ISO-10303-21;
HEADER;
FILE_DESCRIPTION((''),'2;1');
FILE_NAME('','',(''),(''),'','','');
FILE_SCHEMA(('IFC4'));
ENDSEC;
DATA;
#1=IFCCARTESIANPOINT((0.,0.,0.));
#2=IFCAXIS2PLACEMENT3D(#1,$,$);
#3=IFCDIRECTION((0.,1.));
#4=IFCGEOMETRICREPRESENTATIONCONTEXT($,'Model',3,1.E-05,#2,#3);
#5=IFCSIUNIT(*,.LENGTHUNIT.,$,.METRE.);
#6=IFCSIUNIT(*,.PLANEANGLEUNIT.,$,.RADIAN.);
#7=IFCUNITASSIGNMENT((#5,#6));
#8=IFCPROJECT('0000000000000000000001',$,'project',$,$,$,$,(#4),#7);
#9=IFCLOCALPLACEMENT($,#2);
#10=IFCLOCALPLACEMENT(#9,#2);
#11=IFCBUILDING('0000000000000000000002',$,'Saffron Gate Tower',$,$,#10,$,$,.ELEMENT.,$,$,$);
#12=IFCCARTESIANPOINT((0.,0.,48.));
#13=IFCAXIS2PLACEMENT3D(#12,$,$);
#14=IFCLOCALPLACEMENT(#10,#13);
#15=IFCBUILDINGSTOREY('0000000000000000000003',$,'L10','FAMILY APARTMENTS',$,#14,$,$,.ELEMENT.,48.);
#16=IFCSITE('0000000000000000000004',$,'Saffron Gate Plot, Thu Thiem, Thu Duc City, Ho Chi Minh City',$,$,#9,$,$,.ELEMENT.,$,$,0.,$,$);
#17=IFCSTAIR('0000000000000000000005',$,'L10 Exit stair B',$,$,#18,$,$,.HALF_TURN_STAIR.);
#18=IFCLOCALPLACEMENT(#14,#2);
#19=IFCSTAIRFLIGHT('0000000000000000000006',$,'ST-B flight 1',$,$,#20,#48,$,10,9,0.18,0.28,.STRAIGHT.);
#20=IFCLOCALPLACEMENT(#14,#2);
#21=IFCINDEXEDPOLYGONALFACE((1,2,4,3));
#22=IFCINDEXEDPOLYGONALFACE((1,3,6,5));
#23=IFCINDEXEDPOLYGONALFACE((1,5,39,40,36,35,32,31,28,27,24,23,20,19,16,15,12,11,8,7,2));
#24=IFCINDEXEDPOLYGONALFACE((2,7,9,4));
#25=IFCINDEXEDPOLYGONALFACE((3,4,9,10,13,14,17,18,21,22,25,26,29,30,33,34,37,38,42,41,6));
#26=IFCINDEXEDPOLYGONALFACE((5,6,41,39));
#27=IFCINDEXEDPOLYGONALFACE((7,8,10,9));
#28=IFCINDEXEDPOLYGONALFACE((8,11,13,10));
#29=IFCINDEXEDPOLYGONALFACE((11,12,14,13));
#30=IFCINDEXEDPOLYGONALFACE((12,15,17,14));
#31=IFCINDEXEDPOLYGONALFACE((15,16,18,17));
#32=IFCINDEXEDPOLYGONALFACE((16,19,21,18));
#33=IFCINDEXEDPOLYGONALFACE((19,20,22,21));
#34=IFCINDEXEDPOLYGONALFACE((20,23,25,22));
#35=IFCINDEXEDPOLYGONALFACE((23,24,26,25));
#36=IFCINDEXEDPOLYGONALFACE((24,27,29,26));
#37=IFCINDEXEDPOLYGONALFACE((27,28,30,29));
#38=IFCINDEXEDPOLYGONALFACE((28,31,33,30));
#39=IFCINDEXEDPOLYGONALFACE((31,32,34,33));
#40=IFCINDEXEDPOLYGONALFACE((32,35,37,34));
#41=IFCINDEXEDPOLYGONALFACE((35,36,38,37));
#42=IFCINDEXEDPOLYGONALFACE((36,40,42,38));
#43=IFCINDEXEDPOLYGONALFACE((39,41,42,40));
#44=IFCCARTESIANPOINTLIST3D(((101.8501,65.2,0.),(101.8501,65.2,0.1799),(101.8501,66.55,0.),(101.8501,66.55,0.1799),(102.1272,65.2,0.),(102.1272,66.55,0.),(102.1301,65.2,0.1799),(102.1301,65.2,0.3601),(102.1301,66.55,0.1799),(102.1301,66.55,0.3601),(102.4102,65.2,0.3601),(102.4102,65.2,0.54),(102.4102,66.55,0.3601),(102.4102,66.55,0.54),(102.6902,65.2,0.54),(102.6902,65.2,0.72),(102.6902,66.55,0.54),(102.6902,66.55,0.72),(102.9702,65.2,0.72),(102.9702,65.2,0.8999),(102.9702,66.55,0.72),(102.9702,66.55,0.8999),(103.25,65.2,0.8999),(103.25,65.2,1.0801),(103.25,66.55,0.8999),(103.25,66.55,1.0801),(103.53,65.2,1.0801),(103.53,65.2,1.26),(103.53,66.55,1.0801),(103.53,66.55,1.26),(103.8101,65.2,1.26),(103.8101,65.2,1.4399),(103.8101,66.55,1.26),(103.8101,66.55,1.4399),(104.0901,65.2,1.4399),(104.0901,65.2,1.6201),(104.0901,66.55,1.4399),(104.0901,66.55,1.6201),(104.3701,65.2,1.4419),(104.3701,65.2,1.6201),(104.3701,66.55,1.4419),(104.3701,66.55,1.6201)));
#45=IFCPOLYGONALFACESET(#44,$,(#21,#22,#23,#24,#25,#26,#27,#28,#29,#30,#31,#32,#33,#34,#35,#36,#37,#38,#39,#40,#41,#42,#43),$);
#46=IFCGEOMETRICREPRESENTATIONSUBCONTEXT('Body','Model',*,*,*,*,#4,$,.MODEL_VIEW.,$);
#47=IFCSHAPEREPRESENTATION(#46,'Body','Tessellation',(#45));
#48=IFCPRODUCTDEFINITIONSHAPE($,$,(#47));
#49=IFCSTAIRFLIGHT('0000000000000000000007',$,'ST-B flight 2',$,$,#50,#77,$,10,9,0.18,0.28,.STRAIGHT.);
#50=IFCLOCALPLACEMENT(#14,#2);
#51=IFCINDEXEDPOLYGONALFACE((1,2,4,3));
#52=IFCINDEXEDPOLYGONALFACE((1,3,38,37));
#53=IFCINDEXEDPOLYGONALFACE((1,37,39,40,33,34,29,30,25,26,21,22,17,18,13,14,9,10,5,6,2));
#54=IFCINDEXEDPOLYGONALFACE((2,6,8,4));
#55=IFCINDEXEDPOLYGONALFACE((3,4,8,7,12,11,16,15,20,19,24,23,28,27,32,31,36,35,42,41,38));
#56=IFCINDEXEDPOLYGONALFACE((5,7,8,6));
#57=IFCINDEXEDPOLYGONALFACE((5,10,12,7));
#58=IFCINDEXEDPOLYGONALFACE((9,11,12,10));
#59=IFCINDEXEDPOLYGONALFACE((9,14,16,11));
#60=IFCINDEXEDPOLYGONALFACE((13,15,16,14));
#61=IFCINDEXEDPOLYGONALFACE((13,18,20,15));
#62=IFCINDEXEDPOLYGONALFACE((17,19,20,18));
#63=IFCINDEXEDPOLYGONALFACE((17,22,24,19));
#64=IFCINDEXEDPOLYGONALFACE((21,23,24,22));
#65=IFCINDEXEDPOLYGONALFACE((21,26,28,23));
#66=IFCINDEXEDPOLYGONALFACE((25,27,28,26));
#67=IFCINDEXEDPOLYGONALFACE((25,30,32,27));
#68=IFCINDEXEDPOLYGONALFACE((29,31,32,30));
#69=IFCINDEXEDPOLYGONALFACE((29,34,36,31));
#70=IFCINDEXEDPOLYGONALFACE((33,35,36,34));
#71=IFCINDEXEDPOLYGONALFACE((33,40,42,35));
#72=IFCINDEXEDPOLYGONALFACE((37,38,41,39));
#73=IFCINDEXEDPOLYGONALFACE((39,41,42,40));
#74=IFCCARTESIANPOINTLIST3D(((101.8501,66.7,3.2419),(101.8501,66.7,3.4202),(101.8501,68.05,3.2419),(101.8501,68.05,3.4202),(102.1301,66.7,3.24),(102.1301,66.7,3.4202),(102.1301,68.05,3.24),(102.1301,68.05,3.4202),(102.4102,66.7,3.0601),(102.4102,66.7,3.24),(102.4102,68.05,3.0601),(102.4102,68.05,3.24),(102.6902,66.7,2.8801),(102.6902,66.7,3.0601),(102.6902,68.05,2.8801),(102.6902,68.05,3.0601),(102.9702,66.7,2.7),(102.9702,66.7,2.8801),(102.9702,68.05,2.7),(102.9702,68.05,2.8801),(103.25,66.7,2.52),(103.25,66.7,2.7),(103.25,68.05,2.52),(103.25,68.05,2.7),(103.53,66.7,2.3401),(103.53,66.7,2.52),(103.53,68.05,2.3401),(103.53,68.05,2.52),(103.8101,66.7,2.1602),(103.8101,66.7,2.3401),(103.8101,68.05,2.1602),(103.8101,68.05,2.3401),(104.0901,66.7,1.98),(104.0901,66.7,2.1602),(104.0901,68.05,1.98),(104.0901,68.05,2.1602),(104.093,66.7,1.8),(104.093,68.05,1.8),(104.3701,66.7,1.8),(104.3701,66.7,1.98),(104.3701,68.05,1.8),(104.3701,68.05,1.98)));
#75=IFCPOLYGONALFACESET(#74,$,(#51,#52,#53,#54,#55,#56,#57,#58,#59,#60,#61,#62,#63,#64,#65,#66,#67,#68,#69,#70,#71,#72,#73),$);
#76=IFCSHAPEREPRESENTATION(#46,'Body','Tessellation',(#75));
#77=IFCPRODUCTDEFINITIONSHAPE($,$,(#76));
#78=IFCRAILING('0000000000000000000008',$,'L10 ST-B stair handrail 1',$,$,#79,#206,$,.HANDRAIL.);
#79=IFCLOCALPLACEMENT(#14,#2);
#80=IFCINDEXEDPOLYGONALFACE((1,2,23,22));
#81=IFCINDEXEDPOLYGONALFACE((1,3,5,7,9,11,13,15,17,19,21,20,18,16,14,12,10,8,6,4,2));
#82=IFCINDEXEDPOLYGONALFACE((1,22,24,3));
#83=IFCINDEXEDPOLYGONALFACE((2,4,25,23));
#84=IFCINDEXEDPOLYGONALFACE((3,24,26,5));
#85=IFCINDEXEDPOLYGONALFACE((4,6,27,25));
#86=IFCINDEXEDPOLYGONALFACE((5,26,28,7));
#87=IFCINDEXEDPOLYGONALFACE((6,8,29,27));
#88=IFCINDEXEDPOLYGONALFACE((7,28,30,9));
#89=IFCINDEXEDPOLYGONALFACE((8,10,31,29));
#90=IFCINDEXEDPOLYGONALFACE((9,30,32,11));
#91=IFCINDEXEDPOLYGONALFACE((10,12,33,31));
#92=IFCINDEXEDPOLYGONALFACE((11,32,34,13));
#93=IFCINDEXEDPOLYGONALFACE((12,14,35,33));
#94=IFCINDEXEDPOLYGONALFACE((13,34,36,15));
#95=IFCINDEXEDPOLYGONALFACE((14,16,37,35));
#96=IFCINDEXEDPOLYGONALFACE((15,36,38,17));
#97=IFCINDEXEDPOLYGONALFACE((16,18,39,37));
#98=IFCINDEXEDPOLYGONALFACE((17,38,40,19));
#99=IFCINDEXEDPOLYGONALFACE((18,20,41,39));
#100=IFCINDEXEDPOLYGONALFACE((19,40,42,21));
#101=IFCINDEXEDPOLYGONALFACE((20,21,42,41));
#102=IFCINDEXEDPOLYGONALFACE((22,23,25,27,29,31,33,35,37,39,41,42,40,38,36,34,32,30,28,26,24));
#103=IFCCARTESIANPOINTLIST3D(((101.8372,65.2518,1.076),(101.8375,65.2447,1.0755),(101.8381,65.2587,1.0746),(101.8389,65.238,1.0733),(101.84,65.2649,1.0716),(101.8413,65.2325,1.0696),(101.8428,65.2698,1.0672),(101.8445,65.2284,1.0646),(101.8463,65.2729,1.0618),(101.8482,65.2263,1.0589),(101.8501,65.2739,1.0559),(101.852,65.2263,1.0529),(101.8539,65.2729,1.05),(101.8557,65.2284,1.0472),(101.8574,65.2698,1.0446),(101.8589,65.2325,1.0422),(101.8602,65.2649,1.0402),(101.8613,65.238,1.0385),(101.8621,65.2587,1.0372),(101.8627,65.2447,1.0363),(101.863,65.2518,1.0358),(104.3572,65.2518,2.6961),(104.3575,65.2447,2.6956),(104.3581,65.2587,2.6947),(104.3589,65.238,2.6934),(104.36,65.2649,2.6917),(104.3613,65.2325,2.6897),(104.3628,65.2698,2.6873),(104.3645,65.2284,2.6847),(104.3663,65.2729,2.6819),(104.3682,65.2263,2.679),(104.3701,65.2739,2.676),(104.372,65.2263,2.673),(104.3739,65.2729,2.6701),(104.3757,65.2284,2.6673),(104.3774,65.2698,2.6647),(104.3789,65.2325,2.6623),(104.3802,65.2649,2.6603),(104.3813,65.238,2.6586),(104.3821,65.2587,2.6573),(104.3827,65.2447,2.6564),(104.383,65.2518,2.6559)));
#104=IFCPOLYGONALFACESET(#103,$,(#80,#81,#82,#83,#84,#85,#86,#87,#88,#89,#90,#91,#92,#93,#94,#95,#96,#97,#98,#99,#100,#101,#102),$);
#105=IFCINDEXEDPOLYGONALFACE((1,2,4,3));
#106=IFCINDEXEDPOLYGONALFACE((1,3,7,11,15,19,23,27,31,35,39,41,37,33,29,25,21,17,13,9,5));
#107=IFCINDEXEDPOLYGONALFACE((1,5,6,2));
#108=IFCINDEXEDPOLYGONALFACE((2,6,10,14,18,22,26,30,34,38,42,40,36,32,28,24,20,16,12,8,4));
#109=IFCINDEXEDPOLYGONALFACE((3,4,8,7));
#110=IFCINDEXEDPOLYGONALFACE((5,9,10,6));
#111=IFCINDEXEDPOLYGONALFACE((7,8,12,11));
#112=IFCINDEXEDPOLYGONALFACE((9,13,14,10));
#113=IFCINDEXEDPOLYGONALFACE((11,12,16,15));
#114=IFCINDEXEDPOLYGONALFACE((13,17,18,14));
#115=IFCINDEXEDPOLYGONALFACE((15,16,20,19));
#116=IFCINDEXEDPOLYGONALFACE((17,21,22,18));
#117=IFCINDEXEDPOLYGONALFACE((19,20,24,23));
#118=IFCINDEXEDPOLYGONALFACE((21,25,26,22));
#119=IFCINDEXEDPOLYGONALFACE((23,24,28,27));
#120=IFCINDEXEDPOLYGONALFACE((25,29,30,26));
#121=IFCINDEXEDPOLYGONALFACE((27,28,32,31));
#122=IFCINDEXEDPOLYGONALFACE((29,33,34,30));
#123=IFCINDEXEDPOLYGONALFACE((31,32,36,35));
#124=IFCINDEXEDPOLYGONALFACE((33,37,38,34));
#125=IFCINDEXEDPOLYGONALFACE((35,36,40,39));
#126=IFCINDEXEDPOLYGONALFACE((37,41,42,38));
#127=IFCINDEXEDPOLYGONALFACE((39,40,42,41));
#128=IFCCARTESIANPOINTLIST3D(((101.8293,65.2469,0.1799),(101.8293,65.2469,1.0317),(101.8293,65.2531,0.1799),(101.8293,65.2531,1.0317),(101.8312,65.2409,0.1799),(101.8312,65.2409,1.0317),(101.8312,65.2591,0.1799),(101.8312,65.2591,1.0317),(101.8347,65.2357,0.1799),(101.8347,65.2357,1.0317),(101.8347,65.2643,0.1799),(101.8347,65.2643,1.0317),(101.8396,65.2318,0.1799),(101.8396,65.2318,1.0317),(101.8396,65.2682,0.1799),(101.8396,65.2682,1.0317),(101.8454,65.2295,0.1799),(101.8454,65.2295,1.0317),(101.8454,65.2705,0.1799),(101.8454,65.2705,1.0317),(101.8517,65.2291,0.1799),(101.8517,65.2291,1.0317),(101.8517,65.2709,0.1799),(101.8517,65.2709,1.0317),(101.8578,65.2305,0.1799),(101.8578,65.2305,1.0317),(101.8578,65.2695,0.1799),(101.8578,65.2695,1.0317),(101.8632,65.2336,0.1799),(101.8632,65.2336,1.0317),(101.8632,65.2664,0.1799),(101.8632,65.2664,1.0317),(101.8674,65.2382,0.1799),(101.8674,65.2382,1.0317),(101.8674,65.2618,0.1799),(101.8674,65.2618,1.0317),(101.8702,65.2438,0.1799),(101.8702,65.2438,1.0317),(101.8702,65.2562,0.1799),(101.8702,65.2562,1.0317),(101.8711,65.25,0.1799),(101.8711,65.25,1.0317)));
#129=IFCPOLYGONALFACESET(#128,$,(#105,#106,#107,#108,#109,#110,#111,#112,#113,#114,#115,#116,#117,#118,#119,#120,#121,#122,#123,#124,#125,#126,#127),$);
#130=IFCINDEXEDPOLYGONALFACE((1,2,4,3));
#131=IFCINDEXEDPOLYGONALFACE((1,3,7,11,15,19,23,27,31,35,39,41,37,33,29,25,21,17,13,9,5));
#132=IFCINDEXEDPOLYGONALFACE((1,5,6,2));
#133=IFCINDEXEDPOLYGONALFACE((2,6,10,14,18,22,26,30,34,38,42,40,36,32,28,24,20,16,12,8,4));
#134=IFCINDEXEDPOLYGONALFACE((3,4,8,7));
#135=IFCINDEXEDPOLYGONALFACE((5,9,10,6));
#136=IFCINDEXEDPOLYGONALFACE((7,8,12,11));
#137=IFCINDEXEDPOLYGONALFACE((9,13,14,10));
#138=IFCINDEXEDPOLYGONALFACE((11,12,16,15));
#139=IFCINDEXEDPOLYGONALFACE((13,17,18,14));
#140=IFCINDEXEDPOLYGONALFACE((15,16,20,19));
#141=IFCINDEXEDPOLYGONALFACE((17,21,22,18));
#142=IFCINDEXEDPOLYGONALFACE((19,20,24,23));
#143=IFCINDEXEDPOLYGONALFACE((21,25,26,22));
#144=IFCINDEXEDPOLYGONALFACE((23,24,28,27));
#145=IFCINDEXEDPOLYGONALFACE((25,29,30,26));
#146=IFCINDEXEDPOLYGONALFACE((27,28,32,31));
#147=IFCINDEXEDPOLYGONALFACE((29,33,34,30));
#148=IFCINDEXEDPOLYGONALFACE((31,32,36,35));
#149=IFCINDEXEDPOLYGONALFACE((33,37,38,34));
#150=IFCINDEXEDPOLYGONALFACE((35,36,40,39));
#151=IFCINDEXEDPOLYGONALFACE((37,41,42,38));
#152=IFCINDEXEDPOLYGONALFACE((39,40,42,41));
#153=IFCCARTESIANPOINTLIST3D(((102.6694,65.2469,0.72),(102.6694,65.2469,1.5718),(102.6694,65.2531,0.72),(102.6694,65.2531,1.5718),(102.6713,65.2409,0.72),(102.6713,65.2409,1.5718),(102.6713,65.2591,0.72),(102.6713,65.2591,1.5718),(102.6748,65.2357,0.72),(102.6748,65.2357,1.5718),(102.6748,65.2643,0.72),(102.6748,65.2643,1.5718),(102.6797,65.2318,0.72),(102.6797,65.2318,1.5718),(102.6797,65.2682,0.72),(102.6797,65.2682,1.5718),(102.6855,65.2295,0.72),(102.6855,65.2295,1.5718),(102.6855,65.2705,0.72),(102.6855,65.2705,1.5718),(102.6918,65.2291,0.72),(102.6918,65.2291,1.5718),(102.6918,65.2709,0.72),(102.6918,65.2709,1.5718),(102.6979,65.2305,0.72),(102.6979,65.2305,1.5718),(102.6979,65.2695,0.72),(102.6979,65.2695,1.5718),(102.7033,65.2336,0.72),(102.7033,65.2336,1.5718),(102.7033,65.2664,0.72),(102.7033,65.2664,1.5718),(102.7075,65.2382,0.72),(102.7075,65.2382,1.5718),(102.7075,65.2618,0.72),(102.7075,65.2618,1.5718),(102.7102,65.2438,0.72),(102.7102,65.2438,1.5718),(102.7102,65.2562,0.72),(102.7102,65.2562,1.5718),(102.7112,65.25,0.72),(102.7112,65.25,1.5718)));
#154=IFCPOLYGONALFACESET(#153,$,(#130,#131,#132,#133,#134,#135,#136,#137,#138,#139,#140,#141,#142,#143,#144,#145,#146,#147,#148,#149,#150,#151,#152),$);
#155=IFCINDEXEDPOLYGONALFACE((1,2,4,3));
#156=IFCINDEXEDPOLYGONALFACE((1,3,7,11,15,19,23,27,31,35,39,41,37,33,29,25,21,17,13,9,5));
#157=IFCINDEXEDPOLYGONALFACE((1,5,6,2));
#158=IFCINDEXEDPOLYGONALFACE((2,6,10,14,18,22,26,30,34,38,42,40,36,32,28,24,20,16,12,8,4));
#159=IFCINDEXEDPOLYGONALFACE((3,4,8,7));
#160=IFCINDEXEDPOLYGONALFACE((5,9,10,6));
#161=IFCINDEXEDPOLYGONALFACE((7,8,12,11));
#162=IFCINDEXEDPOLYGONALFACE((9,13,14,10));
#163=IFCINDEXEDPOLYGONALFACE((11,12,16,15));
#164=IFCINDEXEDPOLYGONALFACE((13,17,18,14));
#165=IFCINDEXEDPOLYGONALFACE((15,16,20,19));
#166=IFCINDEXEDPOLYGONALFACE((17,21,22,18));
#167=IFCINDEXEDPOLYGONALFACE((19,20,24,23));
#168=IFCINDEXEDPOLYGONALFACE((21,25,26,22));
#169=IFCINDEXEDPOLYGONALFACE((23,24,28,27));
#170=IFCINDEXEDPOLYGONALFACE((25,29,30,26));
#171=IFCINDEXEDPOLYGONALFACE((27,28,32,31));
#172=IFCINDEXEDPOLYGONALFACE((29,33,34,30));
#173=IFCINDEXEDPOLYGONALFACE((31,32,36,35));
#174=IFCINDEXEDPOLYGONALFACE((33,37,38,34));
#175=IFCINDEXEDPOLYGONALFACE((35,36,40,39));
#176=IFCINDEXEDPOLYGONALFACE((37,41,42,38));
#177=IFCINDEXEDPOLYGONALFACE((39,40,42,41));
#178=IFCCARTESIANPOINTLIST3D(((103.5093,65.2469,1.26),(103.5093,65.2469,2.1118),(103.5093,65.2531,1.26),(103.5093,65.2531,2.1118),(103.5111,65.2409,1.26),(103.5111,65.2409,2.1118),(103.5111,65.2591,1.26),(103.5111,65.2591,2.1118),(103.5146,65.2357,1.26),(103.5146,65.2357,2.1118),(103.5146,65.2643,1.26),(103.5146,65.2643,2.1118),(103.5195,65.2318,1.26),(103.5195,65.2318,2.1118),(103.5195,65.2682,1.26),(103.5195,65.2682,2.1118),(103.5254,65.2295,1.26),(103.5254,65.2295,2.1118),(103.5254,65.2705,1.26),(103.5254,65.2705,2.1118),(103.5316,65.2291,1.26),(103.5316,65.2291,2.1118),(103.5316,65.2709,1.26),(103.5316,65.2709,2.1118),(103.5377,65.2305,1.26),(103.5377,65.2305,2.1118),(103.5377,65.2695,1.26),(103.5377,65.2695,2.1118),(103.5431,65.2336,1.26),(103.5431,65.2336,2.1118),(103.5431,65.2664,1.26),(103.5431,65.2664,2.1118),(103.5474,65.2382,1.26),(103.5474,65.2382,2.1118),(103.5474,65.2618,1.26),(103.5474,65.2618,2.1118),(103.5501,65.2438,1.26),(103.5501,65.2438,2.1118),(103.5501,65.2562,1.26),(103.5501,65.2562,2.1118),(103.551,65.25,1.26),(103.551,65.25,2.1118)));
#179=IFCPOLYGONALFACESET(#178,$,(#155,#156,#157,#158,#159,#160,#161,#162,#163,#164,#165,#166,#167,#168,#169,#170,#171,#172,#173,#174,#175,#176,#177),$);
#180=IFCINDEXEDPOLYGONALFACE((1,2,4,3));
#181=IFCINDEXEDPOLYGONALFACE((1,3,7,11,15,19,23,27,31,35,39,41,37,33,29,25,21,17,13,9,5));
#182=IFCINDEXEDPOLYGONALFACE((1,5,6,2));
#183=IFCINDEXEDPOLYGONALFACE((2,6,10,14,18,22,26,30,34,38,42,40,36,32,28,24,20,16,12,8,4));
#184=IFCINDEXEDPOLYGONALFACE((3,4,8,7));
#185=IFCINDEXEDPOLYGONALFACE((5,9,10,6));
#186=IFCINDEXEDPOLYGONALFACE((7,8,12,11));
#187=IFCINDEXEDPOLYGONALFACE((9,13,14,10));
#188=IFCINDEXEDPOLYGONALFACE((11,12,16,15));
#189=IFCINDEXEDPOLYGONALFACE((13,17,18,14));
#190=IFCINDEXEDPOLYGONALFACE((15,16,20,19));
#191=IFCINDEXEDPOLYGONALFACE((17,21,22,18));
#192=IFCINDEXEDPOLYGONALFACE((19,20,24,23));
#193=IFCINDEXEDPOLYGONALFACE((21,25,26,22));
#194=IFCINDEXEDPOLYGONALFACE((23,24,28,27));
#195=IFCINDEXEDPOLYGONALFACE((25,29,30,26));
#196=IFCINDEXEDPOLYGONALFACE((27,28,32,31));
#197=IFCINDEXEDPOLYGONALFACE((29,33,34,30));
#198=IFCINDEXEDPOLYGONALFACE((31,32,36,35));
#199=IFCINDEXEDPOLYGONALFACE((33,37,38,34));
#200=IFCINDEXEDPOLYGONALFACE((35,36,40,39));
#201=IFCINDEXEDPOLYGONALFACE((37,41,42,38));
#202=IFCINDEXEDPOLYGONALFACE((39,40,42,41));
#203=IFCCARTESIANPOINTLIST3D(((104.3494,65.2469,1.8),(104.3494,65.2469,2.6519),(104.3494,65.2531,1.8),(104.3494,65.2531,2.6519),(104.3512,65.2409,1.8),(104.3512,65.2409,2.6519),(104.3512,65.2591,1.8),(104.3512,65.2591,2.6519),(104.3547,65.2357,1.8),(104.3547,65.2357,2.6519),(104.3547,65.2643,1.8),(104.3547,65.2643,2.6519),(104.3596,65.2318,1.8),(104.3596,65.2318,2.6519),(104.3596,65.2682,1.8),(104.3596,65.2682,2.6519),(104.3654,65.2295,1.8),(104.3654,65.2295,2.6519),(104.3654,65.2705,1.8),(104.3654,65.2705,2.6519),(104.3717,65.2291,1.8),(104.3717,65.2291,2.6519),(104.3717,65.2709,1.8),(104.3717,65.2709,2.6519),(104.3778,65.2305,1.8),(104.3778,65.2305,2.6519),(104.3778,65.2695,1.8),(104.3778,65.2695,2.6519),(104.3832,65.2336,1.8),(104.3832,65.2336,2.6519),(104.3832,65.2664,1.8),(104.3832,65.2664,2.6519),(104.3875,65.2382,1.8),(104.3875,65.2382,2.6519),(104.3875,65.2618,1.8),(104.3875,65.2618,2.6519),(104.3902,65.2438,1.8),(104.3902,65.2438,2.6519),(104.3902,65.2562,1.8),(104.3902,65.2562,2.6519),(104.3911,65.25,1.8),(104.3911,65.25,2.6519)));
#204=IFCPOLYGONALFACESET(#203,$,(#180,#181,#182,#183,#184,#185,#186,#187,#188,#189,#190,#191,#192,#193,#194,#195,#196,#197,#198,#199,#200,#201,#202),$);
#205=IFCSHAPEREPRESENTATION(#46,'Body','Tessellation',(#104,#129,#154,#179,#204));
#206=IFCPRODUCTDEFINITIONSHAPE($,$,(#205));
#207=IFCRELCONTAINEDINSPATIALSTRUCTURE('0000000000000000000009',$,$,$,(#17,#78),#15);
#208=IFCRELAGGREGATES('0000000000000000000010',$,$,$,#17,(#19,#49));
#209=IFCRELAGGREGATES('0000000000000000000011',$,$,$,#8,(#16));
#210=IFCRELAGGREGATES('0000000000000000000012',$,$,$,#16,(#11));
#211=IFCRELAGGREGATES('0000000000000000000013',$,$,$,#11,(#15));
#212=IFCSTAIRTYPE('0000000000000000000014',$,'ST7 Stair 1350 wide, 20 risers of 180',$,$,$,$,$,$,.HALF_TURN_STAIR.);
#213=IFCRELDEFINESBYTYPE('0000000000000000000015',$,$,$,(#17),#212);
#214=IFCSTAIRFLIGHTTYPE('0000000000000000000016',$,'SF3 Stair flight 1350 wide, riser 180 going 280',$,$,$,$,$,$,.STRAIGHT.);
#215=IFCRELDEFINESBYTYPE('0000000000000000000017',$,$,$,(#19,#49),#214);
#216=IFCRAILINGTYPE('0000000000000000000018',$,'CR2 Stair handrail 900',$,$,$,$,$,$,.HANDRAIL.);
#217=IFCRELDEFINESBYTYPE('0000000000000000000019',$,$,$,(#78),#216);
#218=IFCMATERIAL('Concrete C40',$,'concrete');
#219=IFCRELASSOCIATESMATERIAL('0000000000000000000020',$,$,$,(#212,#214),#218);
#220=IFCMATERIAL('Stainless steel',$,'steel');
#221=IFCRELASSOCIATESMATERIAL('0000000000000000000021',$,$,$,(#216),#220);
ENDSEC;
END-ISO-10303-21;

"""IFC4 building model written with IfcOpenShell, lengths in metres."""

from ifc_helpers import new_model, si_unit, direction, frame, origin, origin_2d, place, context, subcontext, project, spatial, polyline, circle, outline, extrude, material, type_object, element, aggregate, save


model = new_model("IFC4")

# Units and contexts
model_context = context("Model", 3, precision=1e-05, world=origin(), true_north=direction((0.0, 1.0)))
body_context = subcontext(model_context, "Body", "Model", "MODEL_VIEW")
ifc_project = project(units=[si_unit("LENGTHUNIT", "METRE"), si_unit("PLANEANGLEUNIT", "RADIAN")], contexts=[model_context])

# Site, building, storey
site_placement = place(None, origin())
site = spatial("IfcSite", under=ifc_project, at=site_placement, Name="Saffron Gate Plot, Thu Thiem, Thu Duc City, Ho Chi Minh City", CompositionType="ELEMENT", RefElevation=0.0)
building_placement = place(site_placement, origin())
building = spatial("IfcBuilding", under=site, at=building_placement, Name="Saffron Gate Tower", CompositionType="ELEMENT")
storey_placement = place(building_placement, frame((0.0, 0.0, 48.0)))
storey = spatial("IfcBuildingStorey", under=building, at=storey_placement, Name="L10", Description="FAMILY APARTMENTS", CompositionType="ELEMENT", Elevation=48.0)

# Stair, stair flights
ifc_material_1 = material(Name="Concrete C40", Category="concrete")
stair_type = type_object("IfcStairType", Name="ST7 Stair 1350 wide, 20 risers of 180", PredefinedType="HALF_TURN_STAIR", material=ifc_material_1)
stair_placement = place(storey_placement, origin())
stair = element("IfcStair", 1, at=stair_placement, inside=storey, type_object=stair_type, Name="L10 Exit stair B", PredefinedType="HALF_TURN_STAIR")
stair_flight_type = type_object("IfcStairFlightType", Name="SF3 Stair flight 1350 wide, riser 180 going 280", PredefinedType="STRAIGHT", material=ifc_material_1)
stair_flight_1_placement = place(storey_placement, frame((101.8501, 65.875, 0.0), z_axis=(0.0, 0.0, 1.0), x_axis=(1.0, 0.0, 0.0)))
stair_flight_1 = element("IfcStairFlight", 2, at=stair_flight_1_placement, type_object=stair_flight_type, Name="ST-B flight 1", NumberOfRisers=10, NumberOfTreads=9, PredefinedType="STRAIGHT", RiserHeight=0.18, TreadLength=0.28, context=body_context, shape_type="SweptSolid", body=[
    extrude(outline(polyline([(0.0, 0.0), (0.0, 0.1799), (0.28, 0.1799), (0.28, 0.3601), (0.5601, 0.3601), (0.5601, 0.54), (0.8401, 0.54), (0.8401, 0.72), (1.1201, 0.72), (1.1201, 0.8999), (1.3999, 0.8999), (1.3999, 1.0801), (1.6799, 1.0801), (1.6799, 1.26), (1.96, 1.26), (1.96, 1.4399), (2.24, 1.4399), (2.24, 1.6201), (2.52, 1.6201), (2.52, 1.8), (2.52, 1.4419), (0.2771, 0.0), (0.0, 0.0)])), frame((0.0, 0.675, 0.0), z_axis=(0.0, -1.0, 0.0), x_axis=(1.0, 0.0, 0.0)), (0.0, 0.0, 1.0), 1.3501),
])
stair_flight_2_placement = place(storey_placement, frame((104.3701, 67.375, 1.8), z_axis=(0.0, 0.0, 1.0), x_axis=(-1.0, 0.0, 0.0)))
stair_flight_2 = element("IfcStairFlight", 3, at=stair_flight_2_placement, type_object=stair_flight_type, Name="ST-B flight 2", NumberOfRisers=10, NumberOfTreads=9, PredefinedType="STRAIGHT", RiserHeight=0.18, TreadLength=0.28, context=body_context, shape_type="SweptSolid", body=[
    extrude(outline(polyline([(0.0, 0.0), (0.0, 0.1799), (0.28, 0.1799), (0.28, 0.3601), (0.5601, 0.3601), (0.5601, 0.54), (0.8401, 0.54), (0.8401, 0.72), (1.1201, 0.72), (1.1201, 0.8999), (1.3999, 0.8999), (1.3999, 1.0801), (1.6799, 1.0801), (1.6799, 1.26), (1.96, 1.26), (1.96, 1.4399), (2.24, 1.4399), (2.24, 1.6201), (2.52, 1.6201), (2.52, 1.8), (2.52, 1.4419), (0.2771, 0.0), (0.0, 0.0)])), frame((0.0, 0.675, 0.0), z_axis=(0.0, -1.0, 0.0), x_axis=(1.0, 0.0, 0.0)), (0.0, 0.0, 1.0), 1.3501),
])
aggregate(stair, [stair_flight_1, stair_flight_2])

# Railing
ifc_material_2 = material(Name="Stainless steel", Category="steel")
railing_type_1 = type_object("IfcRailingType", Name="CR2 Stair handrail 900", PredefinedType="HANDRAIL", material=ifc_material_2)
railing_1_placement = place(storey_placement, frame((101.8501, 65.25, 0.1799)))
element("IfcRailing", 4, at=railing_1_placement, inside=storey, type_object=railing_type_1, Name="L10 ST-B stair handrail 1", PredefinedType="HANDRAIL", context=body_context, shape_type="SweptSolid", body=[
    extrude(circle(Radius=0.0239, at=origin_2d()), frame((0.0, 0.0, 0.876), z_axis=(0.841163, 0.0, 0.540782), x_axis=(0.0, 1.0, 0.0)), (0.0, 0.0, 1.0), 2.9958),
    extrude(circle(Radius=0.021, at=origin_2d()), origin(), (0.0, 0.0, 1.0), 0.8518),
    extrude(circle(Radius=0.021, at=origin_2d()), frame((0.8401, 0.0, 0.54)), (0.0, 0.0, 1.0), 0.8518),
    extrude(circle(Radius=0.021, at=origin_2d()), frame((1.6799, 0.0, 1.0801)), (0.0, 0.0, 1.0), 0.8518),
    extrude(circle(Radius=0.021, at=origin_2d()), frame((2.52, 0.0, 1.6201)), (0.0, 0.0, 1.0), 0.8518),
])

save(model, "model.ifc")
